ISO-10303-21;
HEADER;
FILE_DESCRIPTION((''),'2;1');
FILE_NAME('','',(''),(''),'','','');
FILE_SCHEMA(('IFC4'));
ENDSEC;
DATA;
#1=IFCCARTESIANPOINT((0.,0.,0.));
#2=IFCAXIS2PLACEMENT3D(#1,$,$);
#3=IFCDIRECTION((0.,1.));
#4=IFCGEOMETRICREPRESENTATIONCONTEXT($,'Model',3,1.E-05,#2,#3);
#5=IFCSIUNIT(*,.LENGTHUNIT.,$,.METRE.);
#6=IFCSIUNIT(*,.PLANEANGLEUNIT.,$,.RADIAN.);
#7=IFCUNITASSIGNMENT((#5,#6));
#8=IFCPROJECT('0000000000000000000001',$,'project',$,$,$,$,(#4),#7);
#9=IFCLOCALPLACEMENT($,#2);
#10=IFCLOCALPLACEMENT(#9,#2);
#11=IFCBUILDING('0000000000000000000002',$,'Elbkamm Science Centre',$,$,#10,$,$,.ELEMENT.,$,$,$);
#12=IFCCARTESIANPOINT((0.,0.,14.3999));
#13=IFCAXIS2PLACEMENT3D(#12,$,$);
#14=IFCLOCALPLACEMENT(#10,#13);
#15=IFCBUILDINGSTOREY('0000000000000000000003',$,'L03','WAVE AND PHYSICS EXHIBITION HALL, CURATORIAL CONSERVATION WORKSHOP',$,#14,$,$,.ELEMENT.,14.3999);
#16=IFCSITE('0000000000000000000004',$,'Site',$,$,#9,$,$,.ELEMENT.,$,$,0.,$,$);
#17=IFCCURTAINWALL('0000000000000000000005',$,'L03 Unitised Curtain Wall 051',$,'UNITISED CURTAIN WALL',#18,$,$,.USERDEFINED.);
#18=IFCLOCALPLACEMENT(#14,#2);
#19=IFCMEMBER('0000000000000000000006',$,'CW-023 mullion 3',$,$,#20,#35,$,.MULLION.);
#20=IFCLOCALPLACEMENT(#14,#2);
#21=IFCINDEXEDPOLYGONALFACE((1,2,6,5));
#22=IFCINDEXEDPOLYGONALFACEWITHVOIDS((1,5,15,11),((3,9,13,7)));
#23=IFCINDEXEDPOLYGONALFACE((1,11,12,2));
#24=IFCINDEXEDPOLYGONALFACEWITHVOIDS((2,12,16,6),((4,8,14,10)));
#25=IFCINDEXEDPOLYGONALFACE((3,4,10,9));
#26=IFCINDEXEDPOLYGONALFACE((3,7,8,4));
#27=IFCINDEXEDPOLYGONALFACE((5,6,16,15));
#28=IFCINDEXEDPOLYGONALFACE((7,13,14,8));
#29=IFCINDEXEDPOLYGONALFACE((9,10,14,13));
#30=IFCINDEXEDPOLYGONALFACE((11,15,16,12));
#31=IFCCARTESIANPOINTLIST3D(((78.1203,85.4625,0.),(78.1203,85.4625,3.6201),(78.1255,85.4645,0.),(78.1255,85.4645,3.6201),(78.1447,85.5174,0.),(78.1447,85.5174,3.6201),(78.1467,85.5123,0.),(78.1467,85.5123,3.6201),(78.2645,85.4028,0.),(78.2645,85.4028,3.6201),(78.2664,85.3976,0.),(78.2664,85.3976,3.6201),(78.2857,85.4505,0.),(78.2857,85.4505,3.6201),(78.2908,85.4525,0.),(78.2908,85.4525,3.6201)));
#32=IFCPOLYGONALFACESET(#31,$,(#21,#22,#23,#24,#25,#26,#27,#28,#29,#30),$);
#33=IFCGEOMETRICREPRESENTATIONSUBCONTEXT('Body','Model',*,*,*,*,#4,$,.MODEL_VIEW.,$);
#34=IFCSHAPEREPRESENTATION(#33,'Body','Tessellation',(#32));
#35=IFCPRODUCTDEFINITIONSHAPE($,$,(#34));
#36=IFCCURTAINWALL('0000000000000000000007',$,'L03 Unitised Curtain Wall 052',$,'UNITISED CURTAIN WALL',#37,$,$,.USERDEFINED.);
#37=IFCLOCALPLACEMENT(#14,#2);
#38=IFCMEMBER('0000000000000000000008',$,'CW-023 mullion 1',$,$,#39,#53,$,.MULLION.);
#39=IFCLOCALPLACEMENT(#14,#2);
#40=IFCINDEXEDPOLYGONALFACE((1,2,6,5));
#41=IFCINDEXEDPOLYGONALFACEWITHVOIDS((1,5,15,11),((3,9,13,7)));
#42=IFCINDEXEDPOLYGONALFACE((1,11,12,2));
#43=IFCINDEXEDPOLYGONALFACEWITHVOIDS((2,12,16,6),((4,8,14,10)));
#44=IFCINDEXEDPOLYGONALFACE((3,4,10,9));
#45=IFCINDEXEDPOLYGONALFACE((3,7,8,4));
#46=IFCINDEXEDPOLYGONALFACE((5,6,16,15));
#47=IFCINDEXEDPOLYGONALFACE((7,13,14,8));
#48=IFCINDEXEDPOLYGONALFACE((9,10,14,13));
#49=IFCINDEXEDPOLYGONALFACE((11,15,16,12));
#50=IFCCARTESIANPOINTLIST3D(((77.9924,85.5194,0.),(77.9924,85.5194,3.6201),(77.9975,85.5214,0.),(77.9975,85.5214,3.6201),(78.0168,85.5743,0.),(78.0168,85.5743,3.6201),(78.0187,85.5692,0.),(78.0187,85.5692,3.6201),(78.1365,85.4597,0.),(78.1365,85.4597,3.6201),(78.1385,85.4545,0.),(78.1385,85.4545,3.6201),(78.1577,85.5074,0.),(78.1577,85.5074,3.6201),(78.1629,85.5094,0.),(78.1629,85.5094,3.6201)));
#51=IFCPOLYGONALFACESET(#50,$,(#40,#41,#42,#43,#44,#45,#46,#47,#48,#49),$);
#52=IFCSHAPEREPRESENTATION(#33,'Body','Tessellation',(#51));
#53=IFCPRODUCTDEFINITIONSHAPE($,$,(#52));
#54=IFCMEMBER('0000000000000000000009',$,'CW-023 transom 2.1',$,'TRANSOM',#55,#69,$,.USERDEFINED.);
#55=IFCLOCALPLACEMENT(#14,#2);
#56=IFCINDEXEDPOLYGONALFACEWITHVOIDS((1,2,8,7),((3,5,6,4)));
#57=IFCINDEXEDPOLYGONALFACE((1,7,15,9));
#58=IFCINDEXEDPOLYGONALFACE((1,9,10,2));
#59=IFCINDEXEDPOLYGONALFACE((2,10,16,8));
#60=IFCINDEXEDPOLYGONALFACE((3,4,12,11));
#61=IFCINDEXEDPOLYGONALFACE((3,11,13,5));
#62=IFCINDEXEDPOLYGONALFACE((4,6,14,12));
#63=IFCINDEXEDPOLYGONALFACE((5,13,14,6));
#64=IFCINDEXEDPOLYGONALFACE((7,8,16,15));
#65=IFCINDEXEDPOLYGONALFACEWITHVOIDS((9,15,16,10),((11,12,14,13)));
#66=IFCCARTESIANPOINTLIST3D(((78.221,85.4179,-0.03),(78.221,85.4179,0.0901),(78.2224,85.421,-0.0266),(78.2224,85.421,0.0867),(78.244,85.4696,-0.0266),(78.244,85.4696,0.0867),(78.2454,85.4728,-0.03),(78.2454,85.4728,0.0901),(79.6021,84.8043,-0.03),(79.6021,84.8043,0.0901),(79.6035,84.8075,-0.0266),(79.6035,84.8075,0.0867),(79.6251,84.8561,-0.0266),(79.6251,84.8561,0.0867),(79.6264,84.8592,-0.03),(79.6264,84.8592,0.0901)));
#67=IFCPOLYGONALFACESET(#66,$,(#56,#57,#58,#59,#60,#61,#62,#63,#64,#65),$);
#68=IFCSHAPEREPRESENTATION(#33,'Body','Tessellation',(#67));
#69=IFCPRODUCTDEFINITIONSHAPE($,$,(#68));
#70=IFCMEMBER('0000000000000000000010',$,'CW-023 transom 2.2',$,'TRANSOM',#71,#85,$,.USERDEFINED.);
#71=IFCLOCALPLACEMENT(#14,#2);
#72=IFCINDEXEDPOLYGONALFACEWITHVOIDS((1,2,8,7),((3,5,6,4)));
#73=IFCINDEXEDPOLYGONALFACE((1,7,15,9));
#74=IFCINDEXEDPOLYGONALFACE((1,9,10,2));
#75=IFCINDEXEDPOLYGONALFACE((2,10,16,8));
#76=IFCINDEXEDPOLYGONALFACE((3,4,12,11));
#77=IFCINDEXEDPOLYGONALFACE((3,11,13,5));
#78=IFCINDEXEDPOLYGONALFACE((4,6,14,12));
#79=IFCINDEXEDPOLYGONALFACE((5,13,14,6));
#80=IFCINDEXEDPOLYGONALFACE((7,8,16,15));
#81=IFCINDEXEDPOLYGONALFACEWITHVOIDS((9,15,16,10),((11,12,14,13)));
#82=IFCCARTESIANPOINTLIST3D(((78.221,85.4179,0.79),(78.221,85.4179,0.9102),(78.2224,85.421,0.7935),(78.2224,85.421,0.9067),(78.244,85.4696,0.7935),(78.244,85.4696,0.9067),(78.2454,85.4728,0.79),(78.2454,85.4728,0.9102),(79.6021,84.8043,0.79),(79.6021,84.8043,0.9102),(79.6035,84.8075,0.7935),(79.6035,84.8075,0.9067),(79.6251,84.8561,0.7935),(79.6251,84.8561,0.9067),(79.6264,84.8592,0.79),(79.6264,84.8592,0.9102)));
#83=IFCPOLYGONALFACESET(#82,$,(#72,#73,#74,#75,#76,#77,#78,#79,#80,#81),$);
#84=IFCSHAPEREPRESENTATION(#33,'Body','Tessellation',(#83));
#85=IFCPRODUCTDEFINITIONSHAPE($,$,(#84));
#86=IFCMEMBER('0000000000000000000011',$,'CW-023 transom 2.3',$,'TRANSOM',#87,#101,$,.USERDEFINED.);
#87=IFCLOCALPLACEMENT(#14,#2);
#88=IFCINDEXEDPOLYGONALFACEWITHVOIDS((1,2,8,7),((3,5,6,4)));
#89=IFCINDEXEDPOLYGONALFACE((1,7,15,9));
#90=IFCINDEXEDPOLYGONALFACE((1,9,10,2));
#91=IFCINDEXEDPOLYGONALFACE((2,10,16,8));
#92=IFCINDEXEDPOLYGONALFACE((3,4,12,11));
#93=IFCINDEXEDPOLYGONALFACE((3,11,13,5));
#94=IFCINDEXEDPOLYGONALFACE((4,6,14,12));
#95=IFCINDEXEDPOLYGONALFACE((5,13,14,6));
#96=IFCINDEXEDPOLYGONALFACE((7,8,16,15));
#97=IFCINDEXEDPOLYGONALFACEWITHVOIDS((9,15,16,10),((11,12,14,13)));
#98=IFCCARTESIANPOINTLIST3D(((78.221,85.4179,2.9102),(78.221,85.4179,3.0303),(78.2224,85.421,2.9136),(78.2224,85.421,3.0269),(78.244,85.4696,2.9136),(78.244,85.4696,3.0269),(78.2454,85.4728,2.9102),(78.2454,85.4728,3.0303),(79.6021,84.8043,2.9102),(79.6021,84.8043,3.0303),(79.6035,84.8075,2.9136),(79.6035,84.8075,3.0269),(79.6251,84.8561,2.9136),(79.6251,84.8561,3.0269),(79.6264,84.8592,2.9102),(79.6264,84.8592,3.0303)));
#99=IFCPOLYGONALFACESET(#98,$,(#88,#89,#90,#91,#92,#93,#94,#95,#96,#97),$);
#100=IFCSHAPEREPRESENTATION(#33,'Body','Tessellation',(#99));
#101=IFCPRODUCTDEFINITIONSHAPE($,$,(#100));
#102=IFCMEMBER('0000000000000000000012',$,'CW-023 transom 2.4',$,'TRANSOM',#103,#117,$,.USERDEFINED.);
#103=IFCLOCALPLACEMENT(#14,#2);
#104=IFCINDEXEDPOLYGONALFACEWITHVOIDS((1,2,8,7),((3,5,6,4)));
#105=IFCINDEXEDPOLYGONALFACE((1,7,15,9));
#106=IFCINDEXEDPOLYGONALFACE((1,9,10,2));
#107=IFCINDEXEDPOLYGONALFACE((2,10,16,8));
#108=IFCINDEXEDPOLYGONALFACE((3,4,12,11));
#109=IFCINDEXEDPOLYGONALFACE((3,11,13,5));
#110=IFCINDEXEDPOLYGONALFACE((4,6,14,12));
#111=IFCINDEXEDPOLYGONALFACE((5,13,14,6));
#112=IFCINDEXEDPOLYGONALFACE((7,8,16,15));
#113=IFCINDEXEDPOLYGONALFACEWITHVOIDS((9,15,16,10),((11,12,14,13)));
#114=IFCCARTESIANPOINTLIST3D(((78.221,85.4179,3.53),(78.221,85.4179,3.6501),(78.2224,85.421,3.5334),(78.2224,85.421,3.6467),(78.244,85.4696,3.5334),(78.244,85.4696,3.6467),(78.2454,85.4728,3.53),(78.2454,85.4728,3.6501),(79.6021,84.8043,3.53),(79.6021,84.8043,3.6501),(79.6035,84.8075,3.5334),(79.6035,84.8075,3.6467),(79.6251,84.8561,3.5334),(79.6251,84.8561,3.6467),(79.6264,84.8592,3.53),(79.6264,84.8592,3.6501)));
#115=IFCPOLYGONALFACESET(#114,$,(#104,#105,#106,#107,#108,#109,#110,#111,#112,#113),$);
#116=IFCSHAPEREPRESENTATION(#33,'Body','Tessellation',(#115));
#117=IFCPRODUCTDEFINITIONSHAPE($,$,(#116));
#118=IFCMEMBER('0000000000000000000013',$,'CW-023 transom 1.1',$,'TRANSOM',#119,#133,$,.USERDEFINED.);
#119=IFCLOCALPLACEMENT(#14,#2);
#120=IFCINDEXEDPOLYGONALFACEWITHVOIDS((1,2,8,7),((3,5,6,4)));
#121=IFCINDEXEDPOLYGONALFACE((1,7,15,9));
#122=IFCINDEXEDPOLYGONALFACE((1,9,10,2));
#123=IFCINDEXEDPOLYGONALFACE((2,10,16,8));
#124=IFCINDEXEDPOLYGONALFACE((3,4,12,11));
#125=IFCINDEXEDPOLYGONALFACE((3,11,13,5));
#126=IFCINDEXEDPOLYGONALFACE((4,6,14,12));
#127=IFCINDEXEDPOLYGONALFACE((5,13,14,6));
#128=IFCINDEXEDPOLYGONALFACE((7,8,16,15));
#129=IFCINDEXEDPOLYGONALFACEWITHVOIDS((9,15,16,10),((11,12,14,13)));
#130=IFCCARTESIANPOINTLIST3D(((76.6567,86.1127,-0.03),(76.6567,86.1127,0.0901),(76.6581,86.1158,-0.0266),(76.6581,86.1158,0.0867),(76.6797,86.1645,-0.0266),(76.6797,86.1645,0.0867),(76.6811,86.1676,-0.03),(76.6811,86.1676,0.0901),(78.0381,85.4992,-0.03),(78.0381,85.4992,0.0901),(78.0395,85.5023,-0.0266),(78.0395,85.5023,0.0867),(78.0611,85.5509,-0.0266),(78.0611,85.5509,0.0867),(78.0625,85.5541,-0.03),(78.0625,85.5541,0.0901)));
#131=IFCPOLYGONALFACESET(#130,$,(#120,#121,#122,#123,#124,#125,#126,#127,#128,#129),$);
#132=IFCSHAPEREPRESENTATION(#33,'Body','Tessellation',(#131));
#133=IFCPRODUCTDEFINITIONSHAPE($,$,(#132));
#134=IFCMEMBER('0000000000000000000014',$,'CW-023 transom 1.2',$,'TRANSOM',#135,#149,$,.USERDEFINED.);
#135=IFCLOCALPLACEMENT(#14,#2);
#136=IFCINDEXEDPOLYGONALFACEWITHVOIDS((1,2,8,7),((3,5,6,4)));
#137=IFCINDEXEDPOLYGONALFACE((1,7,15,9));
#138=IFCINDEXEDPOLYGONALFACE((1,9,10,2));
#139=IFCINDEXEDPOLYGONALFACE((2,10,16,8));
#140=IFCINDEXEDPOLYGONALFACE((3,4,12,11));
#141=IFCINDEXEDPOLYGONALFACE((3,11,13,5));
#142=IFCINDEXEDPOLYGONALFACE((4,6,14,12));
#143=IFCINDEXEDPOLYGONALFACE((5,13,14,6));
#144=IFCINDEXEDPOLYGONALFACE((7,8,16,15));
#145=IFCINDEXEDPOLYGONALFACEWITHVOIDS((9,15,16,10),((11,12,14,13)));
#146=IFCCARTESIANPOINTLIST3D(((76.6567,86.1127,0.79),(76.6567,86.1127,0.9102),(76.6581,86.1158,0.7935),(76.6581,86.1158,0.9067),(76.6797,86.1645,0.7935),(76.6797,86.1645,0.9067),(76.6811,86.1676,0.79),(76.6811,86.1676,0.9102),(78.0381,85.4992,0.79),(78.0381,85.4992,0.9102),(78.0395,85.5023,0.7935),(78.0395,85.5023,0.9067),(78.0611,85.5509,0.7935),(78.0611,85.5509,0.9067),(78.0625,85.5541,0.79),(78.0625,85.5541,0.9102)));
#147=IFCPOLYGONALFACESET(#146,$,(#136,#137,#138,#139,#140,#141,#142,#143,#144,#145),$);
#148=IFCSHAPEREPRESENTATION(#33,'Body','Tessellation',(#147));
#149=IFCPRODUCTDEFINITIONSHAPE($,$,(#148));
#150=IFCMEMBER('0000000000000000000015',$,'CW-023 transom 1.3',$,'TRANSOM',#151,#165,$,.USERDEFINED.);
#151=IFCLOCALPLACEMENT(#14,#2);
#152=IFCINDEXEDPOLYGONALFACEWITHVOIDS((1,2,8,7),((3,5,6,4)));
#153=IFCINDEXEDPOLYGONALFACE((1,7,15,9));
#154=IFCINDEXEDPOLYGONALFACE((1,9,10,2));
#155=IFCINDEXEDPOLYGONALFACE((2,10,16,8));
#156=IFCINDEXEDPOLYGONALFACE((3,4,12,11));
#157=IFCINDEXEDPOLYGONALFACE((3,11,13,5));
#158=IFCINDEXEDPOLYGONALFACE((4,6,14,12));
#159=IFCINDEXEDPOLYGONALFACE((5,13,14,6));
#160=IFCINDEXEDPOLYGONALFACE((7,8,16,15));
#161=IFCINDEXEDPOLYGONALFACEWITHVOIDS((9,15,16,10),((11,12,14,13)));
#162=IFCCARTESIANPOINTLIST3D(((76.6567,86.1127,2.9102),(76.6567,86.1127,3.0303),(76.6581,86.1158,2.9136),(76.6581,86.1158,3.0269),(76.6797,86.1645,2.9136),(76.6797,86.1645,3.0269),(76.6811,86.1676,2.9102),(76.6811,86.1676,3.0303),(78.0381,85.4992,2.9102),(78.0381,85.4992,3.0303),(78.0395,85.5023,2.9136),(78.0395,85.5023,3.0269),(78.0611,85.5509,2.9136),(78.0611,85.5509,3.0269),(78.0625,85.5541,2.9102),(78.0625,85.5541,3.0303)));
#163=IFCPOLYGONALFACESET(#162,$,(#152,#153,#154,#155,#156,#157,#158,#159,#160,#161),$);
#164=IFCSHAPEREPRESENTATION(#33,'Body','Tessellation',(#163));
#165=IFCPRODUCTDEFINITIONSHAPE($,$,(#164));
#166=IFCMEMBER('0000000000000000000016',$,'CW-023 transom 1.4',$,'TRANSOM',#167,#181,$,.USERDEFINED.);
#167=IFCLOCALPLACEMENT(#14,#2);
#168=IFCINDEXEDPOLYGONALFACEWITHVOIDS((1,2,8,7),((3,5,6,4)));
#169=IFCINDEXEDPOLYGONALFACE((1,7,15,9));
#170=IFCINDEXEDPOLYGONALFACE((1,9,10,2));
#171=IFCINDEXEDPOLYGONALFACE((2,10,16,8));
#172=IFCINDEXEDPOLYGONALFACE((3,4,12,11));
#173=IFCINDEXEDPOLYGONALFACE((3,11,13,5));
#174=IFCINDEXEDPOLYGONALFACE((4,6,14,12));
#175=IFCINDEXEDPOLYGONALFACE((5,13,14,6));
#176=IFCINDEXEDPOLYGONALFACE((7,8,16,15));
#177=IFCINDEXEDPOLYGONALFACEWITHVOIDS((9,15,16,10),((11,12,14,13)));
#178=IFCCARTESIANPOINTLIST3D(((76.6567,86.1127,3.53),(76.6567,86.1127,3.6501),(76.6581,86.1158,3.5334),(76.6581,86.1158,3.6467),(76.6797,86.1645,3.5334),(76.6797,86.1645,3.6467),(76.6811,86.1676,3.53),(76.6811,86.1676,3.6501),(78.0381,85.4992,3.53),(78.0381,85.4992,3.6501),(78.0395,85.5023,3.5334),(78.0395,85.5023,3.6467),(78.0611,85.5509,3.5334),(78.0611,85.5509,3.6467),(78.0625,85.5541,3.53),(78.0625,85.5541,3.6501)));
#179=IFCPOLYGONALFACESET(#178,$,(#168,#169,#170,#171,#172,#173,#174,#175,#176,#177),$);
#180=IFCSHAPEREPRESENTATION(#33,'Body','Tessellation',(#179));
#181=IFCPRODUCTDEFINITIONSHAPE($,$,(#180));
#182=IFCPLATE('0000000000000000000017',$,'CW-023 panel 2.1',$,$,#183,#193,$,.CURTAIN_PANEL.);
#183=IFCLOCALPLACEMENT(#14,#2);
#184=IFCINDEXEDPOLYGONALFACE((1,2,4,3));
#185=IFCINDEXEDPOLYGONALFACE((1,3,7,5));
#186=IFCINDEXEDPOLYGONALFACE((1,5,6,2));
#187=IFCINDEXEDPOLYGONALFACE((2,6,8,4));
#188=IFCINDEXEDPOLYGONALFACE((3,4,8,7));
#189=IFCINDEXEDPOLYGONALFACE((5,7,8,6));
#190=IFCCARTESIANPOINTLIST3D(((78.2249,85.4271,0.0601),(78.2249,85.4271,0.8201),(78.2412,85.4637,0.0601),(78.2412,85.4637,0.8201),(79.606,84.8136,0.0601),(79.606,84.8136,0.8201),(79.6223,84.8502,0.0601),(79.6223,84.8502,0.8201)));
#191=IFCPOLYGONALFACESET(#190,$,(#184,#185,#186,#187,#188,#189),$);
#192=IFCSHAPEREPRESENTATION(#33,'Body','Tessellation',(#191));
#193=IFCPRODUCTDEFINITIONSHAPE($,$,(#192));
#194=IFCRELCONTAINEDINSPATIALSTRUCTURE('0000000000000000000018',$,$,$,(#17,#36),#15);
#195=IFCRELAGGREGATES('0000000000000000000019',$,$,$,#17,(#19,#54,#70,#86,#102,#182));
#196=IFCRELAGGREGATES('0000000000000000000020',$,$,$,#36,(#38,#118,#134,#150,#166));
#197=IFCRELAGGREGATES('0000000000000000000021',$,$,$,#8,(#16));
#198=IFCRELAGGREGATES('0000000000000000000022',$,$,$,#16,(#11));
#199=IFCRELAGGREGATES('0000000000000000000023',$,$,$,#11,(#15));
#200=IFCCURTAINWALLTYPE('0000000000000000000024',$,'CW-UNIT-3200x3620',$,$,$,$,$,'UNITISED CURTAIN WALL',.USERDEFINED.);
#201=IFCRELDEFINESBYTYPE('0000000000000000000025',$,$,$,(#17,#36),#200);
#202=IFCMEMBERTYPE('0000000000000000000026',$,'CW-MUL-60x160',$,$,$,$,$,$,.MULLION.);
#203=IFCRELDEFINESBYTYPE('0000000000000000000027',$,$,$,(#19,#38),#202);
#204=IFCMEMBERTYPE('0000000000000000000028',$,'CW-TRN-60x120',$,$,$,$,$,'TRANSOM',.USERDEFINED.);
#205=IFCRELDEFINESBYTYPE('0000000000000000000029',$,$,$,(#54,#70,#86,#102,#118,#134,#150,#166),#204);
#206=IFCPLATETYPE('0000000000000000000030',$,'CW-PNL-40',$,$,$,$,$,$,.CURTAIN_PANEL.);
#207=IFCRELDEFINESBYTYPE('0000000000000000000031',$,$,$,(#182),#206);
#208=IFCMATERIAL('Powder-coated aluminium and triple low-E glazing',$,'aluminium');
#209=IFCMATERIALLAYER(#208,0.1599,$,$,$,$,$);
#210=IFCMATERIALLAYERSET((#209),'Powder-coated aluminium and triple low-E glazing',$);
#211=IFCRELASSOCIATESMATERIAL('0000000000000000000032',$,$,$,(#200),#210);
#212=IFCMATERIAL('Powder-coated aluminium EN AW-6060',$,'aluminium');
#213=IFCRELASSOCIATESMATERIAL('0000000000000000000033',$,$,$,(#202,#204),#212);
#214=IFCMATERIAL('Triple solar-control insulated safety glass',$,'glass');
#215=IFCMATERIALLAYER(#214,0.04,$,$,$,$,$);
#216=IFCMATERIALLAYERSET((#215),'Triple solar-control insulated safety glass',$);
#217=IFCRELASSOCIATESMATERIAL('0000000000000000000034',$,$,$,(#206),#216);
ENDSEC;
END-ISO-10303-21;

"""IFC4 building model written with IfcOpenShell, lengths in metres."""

from ifc_helpers import new_model, si_unit, direction, frame, origin, origin_2d, place, context, subcontext, project, spatial, rectangle, hollow_rectangle, extrude, material, layer, layer_set, material_profile, profile_set, type_object, element, aggregate, save


model = new_model("IFC4")

# Units and contexts
model_context = context("Model", 3, precision=1e-05, world=origin(), true_north=direction((0.0, 1.0)))
body_context = subcontext(model_context, "Body", "Model", "MODEL_VIEW")
ifc_project = project(units=[si_unit("LENGTHUNIT", "METRE"), si_unit("PLANEANGLEUNIT", "RADIAN")], contexts=[model_context])

# Site, building, storey
site_placement = place(None, origin())
site = spatial("IfcSite", under=ifc_project, at=site_placement, Name="Site", CompositionType="ELEMENT", RefElevation=0.0)
building_placement = place(site_placement, origin())
building = spatial("IfcBuilding", under=site, at=building_placement, Name="Elbkamm Science Centre", CompositionType="ELEMENT")
storey_placement = place(building_placement, frame((0.0, 0.0, 14.3999)))
storey = spatial("IfcBuildingStorey", under=building, at=storey_placement, Name="L03", Description="WAVE AND PHYSICS EXHIBITION HALL, CURATORIAL CONSERVATION WORKSHOP", CompositionType="ELEMENT", Elevation=14.3999)

# Curtain wall, member
ifc_material_1 = material(Name="Powder-coated aluminium and triple low-E glazing", Category="aluminium")
ifc_layer_1 = layer(ifc_material_1, 0.1599)
ifc_layer_set_1 = layer_set([ifc_layer_1], Name="Powder-coated aluminium and triple low-E glazing")
curtain_wall_type = type_object("IfcCurtainWallType", Name="CW-UNIT-3200x3620", ElementType="UNITISED CURTAIN WALL", PredefinedType="USERDEFINED", material=ifc_layer_set_1)
curtain_wall_1_placement = place(storey_placement, origin())
curtain_wall_1 = element("IfcCurtainWall", 1, at=curtain_wall_1_placement, inside=storey, type_object=curtain_wall_type, Name="L03 Unitised Curtain Wall 051", ObjectType="UNITISED CURTAIN WALL", PredefinedType="USERDEFINED")
ifc_material_2 = material(Name="Powder-coated aluminium EN AW-6060", Category="aluminium")
ifc_material_profile_1 = material_profile(ifc_material_2, hollow_rectangle(XDim=0.0601, YDim=0.1599, WallThickness=0.0039, at=origin_2d()), Name="ALU M60x160")
ifc_profile_set_1 = profile_set([ifc_material_profile_1], Name="Powder-coated aluminium EN AW-6060")
member_type_1 = type_object("IfcMemberType", Name="CW-MUL-60x160", PredefinedType="MULLION", material=ifc_profile_set_1)
member_1_placement = place(storey_placement, frame((78.2056, 85.4575, 0.0), z_axis=(0.0, 0.0, 1.0), x_axis=(-0.405944, -0.913898, 0.0)))
member_1 = element("IfcMember", 2, at=member_1_placement, type_object=member_type_1, Name="CW-023 mullion 3", PredefinedType="MULLION", context=body_context, shape_type="SweptSolid", body=[
    extrude(hollow_rectangle(XDim=0.0601, YDim=0.1599, WallThickness=0.0039, at=origin_2d()), origin(), (0.0, 0.0, 1.0), 3.6201),
])

# Curtain wall, member
curtain_wall_2_placement = place(storey_placement, origin())
curtain_wall_2 = element("IfcCurtainWall", 3, at=curtain_wall_2_placement, inside=storey, type_object=curtain_wall_type, Name="L03 Unitised Curtain Wall 052", ObjectType="UNITISED CURTAIN WALL", PredefinedType="USERDEFINED")
member_2_placement = place(storey_placement, frame((78.0776, 85.5144, 0.0), z_axis=(0.0, 0.0, 1.0), x_axis=(-0.405944, -0.913898, 0.0)))
member_2 = element("IfcMember", 4, at=member_2_placement, type_object=member_type_1, Name="CW-023 mullion 1", PredefinedType="MULLION", context=body_context, shape_type="SweptSolid", body=[
    extrude(hollow_rectangle(XDim=0.0601, YDim=0.1599, WallThickness=0.0039, at=origin_2d()), origin(), (0.0, 0.0, 1.0), 3.6201),
])

# Members
ifc_material_profile_2 = material_profile(ifc_material_2, hollow_rectangle(XDim=0.0601, YDim=0.1201, WallThickness=0.0034, at=origin_2d()), Name="ALU T60x120")
ifc_profile_set_2 = profile_set([ifc_material_profile_2], Name="Powder-coated aluminium EN AW-6060")
member_type_2 = type_object("IfcMemberType", Name="CW-TRN-60x120", ElementType="TRANSOM", PredefinedType="USERDEFINED", material=ifc_profile_set_2)
member_3_placement = place(storey_placement, frame((79.6143, 84.8318, 0.03), z_axis=(-0.913885, 0.405974, 0.0), x_axis=(-0.405974, -0.913885, 0.0)))
member_3 = element("IfcMember", 5, at=member_3_placement, type_object=member_type_2, Name="CW-023 transom 2.1", ObjectType="TRANSOM", PredefinedType="USERDEFINED", context=body_context, shape_type="SweptSolid", body=[
    extrude(hollow_rectangle(XDim=0.0601, YDim=0.1201, WallThickness=0.0034, at=origin_2d()), origin(), (0.0, 0.0, 1.0), 1.5112),
])
member_4_placement = place(storey_placement, frame((79.6143, 84.8318, 0.8501), z_axis=(-0.913885, 0.405974, 0.0), x_axis=(-0.405974, -0.913885, 0.0)))
member_4 = element("IfcMember", 6, at=member_4_placement, type_object=member_type_2, Name="CW-023 transom 2.2", ObjectType="TRANSOM", PredefinedType="USERDEFINED", context=body_context, shape_type="SweptSolid", body=[
    extrude(hollow_rectangle(XDim=0.0601, YDim=0.1201, WallThickness=0.0034, at=origin_2d()), origin(), (0.0, 0.0, 1.0), 1.5112),
])
member_5_placement = place(storey_placement, frame((79.6143, 84.8318, 2.9702), z_axis=(-0.913885, 0.405974, 0.0), x_axis=(-0.405974, -0.913885, 0.0)))
member_5 = element("IfcMember", 7, at=member_5_placement, type_object=member_type_2, Name="CW-023 transom 2.3", ObjectType="TRANSOM", PredefinedType="USERDEFINED", context=body_context, shape_type="SweptSolid", body=[
    extrude(hollow_rectangle(XDim=0.0601, YDim=0.1201, WallThickness=0.0034, at=origin_2d()), origin(), (0.0, 0.0, 1.0), 1.5112),
])
member_6_placement = place(storey_placement, frame((79.6143, 84.8318, 3.5901), z_axis=(-0.913885, 0.405974, 0.0), x_axis=(-0.405974, -0.913885, 0.0)))
member_6 = element("IfcMember", 8, at=member_6_placement, type_object=member_type_2, Name="CW-023 transom 2.4", ObjectType="TRANSOM", PredefinedType="USERDEFINED", context=body_context, shape_type="SweptSolid", body=[
    extrude(hollow_rectangle(XDim=0.0601, YDim=0.1201, WallThickness=0.0034, at=origin_2d()), origin(), (0.0, 0.0, 1.0), 1.5112),
])
member_7_placement = place(storey_placement, frame((78.0503, 85.5266, 0.03), z_axis=(-0.913911, 0.405914, 0.0), x_axis=(-0.405914, -0.913911, 0.0)))
member_7 = element("IfcMember", 9, at=member_7_placement, type_object=member_type_2, Name="CW-023 transom 1.1", ObjectType="TRANSOM", PredefinedType="USERDEFINED", context=body_context, shape_type="SweptSolid", body=[
    extrude(hollow_rectangle(XDim=0.0601, YDim=0.1201, WallThickness=0.0034, at=origin_2d()), origin(), (0.0, 0.0, 1.0), 1.5115),
])
member_8_placement = place(storey_placement, frame((78.0503, 85.5266, 0.8501), z_axis=(-0.913911, 0.405914, 0.0), x_axis=(-0.405914, -0.913911, 0.0)))
member_8 = element("IfcMember", 10, at=member_8_placement, type_object=member_type_2, Name="CW-023 transom 1.2", ObjectType="TRANSOM", PredefinedType="USERDEFINED", context=body_context, shape_type="SweptSolid", body=[
    extrude(hollow_rectangle(XDim=0.0601, YDim=0.1201, WallThickness=0.0034, at=origin_2d()), origin(), (0.0, 0.0, 1.0), 1.5115),
])
member_9_placement = place(storey_placement, frame((78.0503, 85.5266, 2.9702), z_axis=(-0.913911, 0.405914, 0.0), x_axis=(-0.405914, -0.913911, 0.0)))
member_9 = element("IfcMember", 11, at=member_9_placement, type_object=member_type_2, Name="CW-023 transom 1.3", ObjectType="TRANSOM", PredefinedType="USERDEFINED", context=body_context, shape_type="SweptSolid", body=[
    extrude(hollow_rectangle(XDim=0.0601, YDim=0.1201, WallThickness=0.0034, at=origin_2d()), origin(), (0.0, 0.0, 1.0), 1.5115),
])
member_10_placement = place(storey_placement, frame((78.0503, 85.5266, 3.5901), z_axis=(-0.913911, 0.405914, 0.0), x_axis=(-0.405914, -0.913911, 0.0)))
member_10 = element("IfcMember", 12, at=member_10_placement, type_object=member_type_2, Name="CW-023 transom 1.4", ObjectType="TRANSOM", PredefinedType="USERDEFINED", context=body_context, shape_type="SweptSolid", body=[
    extrude(hollow_rectangle(XDim=0.0601, YDim=0.1201, WallThickness=0.0034, at=origin_2d()), origin(), (0.0, 0.0, 1.0), 1.5115),
])

# Plate
ifc_material_3 = material(Name="Triple solar-control insulated safety glass", Category="glass")
ifc_layer_2 = layer(ifc_material_3, 0.04)
ifc_layer_set_2 = layer_set([ifc_layer_2], Name="Triple solar-control insulated safety glass")
plate_type = type_object("IfcPlateType", Name="CW-PNL-40", PredefinedType="CURTAIN_PANEL", material=ifc_layer_set_2)
plate_1_placement = place(storey_placement, frame((78.9236, 85.1387, 0.0601), z_axis=(0.0, 0.0, 1.0), x_axis=(-0.913898, 0.405944, 0.0)))
plate_1 = element("IfcPlate", 13, at=plate_1_placement, type_object=plate_type, Name="CW-023 panel 2.1", PredefinedType="CURTAIN_PANEL", context=body_context, shape_type="SweptSolid", body=[
    extrude(rectangle(XDim=1.5112, YDim=0.04, at=origin_2d()), origin(), (0.0, 0.0, 1.0), 0.76),
])
aggregate(curtain_wall_1, [member_1, member_3, member_4, member_5, member_6, plate_1])
aggregate(curtain_wall_2, [member_2, member_7, member_8, member_9, member_10])

save(model, "model.ifc")
